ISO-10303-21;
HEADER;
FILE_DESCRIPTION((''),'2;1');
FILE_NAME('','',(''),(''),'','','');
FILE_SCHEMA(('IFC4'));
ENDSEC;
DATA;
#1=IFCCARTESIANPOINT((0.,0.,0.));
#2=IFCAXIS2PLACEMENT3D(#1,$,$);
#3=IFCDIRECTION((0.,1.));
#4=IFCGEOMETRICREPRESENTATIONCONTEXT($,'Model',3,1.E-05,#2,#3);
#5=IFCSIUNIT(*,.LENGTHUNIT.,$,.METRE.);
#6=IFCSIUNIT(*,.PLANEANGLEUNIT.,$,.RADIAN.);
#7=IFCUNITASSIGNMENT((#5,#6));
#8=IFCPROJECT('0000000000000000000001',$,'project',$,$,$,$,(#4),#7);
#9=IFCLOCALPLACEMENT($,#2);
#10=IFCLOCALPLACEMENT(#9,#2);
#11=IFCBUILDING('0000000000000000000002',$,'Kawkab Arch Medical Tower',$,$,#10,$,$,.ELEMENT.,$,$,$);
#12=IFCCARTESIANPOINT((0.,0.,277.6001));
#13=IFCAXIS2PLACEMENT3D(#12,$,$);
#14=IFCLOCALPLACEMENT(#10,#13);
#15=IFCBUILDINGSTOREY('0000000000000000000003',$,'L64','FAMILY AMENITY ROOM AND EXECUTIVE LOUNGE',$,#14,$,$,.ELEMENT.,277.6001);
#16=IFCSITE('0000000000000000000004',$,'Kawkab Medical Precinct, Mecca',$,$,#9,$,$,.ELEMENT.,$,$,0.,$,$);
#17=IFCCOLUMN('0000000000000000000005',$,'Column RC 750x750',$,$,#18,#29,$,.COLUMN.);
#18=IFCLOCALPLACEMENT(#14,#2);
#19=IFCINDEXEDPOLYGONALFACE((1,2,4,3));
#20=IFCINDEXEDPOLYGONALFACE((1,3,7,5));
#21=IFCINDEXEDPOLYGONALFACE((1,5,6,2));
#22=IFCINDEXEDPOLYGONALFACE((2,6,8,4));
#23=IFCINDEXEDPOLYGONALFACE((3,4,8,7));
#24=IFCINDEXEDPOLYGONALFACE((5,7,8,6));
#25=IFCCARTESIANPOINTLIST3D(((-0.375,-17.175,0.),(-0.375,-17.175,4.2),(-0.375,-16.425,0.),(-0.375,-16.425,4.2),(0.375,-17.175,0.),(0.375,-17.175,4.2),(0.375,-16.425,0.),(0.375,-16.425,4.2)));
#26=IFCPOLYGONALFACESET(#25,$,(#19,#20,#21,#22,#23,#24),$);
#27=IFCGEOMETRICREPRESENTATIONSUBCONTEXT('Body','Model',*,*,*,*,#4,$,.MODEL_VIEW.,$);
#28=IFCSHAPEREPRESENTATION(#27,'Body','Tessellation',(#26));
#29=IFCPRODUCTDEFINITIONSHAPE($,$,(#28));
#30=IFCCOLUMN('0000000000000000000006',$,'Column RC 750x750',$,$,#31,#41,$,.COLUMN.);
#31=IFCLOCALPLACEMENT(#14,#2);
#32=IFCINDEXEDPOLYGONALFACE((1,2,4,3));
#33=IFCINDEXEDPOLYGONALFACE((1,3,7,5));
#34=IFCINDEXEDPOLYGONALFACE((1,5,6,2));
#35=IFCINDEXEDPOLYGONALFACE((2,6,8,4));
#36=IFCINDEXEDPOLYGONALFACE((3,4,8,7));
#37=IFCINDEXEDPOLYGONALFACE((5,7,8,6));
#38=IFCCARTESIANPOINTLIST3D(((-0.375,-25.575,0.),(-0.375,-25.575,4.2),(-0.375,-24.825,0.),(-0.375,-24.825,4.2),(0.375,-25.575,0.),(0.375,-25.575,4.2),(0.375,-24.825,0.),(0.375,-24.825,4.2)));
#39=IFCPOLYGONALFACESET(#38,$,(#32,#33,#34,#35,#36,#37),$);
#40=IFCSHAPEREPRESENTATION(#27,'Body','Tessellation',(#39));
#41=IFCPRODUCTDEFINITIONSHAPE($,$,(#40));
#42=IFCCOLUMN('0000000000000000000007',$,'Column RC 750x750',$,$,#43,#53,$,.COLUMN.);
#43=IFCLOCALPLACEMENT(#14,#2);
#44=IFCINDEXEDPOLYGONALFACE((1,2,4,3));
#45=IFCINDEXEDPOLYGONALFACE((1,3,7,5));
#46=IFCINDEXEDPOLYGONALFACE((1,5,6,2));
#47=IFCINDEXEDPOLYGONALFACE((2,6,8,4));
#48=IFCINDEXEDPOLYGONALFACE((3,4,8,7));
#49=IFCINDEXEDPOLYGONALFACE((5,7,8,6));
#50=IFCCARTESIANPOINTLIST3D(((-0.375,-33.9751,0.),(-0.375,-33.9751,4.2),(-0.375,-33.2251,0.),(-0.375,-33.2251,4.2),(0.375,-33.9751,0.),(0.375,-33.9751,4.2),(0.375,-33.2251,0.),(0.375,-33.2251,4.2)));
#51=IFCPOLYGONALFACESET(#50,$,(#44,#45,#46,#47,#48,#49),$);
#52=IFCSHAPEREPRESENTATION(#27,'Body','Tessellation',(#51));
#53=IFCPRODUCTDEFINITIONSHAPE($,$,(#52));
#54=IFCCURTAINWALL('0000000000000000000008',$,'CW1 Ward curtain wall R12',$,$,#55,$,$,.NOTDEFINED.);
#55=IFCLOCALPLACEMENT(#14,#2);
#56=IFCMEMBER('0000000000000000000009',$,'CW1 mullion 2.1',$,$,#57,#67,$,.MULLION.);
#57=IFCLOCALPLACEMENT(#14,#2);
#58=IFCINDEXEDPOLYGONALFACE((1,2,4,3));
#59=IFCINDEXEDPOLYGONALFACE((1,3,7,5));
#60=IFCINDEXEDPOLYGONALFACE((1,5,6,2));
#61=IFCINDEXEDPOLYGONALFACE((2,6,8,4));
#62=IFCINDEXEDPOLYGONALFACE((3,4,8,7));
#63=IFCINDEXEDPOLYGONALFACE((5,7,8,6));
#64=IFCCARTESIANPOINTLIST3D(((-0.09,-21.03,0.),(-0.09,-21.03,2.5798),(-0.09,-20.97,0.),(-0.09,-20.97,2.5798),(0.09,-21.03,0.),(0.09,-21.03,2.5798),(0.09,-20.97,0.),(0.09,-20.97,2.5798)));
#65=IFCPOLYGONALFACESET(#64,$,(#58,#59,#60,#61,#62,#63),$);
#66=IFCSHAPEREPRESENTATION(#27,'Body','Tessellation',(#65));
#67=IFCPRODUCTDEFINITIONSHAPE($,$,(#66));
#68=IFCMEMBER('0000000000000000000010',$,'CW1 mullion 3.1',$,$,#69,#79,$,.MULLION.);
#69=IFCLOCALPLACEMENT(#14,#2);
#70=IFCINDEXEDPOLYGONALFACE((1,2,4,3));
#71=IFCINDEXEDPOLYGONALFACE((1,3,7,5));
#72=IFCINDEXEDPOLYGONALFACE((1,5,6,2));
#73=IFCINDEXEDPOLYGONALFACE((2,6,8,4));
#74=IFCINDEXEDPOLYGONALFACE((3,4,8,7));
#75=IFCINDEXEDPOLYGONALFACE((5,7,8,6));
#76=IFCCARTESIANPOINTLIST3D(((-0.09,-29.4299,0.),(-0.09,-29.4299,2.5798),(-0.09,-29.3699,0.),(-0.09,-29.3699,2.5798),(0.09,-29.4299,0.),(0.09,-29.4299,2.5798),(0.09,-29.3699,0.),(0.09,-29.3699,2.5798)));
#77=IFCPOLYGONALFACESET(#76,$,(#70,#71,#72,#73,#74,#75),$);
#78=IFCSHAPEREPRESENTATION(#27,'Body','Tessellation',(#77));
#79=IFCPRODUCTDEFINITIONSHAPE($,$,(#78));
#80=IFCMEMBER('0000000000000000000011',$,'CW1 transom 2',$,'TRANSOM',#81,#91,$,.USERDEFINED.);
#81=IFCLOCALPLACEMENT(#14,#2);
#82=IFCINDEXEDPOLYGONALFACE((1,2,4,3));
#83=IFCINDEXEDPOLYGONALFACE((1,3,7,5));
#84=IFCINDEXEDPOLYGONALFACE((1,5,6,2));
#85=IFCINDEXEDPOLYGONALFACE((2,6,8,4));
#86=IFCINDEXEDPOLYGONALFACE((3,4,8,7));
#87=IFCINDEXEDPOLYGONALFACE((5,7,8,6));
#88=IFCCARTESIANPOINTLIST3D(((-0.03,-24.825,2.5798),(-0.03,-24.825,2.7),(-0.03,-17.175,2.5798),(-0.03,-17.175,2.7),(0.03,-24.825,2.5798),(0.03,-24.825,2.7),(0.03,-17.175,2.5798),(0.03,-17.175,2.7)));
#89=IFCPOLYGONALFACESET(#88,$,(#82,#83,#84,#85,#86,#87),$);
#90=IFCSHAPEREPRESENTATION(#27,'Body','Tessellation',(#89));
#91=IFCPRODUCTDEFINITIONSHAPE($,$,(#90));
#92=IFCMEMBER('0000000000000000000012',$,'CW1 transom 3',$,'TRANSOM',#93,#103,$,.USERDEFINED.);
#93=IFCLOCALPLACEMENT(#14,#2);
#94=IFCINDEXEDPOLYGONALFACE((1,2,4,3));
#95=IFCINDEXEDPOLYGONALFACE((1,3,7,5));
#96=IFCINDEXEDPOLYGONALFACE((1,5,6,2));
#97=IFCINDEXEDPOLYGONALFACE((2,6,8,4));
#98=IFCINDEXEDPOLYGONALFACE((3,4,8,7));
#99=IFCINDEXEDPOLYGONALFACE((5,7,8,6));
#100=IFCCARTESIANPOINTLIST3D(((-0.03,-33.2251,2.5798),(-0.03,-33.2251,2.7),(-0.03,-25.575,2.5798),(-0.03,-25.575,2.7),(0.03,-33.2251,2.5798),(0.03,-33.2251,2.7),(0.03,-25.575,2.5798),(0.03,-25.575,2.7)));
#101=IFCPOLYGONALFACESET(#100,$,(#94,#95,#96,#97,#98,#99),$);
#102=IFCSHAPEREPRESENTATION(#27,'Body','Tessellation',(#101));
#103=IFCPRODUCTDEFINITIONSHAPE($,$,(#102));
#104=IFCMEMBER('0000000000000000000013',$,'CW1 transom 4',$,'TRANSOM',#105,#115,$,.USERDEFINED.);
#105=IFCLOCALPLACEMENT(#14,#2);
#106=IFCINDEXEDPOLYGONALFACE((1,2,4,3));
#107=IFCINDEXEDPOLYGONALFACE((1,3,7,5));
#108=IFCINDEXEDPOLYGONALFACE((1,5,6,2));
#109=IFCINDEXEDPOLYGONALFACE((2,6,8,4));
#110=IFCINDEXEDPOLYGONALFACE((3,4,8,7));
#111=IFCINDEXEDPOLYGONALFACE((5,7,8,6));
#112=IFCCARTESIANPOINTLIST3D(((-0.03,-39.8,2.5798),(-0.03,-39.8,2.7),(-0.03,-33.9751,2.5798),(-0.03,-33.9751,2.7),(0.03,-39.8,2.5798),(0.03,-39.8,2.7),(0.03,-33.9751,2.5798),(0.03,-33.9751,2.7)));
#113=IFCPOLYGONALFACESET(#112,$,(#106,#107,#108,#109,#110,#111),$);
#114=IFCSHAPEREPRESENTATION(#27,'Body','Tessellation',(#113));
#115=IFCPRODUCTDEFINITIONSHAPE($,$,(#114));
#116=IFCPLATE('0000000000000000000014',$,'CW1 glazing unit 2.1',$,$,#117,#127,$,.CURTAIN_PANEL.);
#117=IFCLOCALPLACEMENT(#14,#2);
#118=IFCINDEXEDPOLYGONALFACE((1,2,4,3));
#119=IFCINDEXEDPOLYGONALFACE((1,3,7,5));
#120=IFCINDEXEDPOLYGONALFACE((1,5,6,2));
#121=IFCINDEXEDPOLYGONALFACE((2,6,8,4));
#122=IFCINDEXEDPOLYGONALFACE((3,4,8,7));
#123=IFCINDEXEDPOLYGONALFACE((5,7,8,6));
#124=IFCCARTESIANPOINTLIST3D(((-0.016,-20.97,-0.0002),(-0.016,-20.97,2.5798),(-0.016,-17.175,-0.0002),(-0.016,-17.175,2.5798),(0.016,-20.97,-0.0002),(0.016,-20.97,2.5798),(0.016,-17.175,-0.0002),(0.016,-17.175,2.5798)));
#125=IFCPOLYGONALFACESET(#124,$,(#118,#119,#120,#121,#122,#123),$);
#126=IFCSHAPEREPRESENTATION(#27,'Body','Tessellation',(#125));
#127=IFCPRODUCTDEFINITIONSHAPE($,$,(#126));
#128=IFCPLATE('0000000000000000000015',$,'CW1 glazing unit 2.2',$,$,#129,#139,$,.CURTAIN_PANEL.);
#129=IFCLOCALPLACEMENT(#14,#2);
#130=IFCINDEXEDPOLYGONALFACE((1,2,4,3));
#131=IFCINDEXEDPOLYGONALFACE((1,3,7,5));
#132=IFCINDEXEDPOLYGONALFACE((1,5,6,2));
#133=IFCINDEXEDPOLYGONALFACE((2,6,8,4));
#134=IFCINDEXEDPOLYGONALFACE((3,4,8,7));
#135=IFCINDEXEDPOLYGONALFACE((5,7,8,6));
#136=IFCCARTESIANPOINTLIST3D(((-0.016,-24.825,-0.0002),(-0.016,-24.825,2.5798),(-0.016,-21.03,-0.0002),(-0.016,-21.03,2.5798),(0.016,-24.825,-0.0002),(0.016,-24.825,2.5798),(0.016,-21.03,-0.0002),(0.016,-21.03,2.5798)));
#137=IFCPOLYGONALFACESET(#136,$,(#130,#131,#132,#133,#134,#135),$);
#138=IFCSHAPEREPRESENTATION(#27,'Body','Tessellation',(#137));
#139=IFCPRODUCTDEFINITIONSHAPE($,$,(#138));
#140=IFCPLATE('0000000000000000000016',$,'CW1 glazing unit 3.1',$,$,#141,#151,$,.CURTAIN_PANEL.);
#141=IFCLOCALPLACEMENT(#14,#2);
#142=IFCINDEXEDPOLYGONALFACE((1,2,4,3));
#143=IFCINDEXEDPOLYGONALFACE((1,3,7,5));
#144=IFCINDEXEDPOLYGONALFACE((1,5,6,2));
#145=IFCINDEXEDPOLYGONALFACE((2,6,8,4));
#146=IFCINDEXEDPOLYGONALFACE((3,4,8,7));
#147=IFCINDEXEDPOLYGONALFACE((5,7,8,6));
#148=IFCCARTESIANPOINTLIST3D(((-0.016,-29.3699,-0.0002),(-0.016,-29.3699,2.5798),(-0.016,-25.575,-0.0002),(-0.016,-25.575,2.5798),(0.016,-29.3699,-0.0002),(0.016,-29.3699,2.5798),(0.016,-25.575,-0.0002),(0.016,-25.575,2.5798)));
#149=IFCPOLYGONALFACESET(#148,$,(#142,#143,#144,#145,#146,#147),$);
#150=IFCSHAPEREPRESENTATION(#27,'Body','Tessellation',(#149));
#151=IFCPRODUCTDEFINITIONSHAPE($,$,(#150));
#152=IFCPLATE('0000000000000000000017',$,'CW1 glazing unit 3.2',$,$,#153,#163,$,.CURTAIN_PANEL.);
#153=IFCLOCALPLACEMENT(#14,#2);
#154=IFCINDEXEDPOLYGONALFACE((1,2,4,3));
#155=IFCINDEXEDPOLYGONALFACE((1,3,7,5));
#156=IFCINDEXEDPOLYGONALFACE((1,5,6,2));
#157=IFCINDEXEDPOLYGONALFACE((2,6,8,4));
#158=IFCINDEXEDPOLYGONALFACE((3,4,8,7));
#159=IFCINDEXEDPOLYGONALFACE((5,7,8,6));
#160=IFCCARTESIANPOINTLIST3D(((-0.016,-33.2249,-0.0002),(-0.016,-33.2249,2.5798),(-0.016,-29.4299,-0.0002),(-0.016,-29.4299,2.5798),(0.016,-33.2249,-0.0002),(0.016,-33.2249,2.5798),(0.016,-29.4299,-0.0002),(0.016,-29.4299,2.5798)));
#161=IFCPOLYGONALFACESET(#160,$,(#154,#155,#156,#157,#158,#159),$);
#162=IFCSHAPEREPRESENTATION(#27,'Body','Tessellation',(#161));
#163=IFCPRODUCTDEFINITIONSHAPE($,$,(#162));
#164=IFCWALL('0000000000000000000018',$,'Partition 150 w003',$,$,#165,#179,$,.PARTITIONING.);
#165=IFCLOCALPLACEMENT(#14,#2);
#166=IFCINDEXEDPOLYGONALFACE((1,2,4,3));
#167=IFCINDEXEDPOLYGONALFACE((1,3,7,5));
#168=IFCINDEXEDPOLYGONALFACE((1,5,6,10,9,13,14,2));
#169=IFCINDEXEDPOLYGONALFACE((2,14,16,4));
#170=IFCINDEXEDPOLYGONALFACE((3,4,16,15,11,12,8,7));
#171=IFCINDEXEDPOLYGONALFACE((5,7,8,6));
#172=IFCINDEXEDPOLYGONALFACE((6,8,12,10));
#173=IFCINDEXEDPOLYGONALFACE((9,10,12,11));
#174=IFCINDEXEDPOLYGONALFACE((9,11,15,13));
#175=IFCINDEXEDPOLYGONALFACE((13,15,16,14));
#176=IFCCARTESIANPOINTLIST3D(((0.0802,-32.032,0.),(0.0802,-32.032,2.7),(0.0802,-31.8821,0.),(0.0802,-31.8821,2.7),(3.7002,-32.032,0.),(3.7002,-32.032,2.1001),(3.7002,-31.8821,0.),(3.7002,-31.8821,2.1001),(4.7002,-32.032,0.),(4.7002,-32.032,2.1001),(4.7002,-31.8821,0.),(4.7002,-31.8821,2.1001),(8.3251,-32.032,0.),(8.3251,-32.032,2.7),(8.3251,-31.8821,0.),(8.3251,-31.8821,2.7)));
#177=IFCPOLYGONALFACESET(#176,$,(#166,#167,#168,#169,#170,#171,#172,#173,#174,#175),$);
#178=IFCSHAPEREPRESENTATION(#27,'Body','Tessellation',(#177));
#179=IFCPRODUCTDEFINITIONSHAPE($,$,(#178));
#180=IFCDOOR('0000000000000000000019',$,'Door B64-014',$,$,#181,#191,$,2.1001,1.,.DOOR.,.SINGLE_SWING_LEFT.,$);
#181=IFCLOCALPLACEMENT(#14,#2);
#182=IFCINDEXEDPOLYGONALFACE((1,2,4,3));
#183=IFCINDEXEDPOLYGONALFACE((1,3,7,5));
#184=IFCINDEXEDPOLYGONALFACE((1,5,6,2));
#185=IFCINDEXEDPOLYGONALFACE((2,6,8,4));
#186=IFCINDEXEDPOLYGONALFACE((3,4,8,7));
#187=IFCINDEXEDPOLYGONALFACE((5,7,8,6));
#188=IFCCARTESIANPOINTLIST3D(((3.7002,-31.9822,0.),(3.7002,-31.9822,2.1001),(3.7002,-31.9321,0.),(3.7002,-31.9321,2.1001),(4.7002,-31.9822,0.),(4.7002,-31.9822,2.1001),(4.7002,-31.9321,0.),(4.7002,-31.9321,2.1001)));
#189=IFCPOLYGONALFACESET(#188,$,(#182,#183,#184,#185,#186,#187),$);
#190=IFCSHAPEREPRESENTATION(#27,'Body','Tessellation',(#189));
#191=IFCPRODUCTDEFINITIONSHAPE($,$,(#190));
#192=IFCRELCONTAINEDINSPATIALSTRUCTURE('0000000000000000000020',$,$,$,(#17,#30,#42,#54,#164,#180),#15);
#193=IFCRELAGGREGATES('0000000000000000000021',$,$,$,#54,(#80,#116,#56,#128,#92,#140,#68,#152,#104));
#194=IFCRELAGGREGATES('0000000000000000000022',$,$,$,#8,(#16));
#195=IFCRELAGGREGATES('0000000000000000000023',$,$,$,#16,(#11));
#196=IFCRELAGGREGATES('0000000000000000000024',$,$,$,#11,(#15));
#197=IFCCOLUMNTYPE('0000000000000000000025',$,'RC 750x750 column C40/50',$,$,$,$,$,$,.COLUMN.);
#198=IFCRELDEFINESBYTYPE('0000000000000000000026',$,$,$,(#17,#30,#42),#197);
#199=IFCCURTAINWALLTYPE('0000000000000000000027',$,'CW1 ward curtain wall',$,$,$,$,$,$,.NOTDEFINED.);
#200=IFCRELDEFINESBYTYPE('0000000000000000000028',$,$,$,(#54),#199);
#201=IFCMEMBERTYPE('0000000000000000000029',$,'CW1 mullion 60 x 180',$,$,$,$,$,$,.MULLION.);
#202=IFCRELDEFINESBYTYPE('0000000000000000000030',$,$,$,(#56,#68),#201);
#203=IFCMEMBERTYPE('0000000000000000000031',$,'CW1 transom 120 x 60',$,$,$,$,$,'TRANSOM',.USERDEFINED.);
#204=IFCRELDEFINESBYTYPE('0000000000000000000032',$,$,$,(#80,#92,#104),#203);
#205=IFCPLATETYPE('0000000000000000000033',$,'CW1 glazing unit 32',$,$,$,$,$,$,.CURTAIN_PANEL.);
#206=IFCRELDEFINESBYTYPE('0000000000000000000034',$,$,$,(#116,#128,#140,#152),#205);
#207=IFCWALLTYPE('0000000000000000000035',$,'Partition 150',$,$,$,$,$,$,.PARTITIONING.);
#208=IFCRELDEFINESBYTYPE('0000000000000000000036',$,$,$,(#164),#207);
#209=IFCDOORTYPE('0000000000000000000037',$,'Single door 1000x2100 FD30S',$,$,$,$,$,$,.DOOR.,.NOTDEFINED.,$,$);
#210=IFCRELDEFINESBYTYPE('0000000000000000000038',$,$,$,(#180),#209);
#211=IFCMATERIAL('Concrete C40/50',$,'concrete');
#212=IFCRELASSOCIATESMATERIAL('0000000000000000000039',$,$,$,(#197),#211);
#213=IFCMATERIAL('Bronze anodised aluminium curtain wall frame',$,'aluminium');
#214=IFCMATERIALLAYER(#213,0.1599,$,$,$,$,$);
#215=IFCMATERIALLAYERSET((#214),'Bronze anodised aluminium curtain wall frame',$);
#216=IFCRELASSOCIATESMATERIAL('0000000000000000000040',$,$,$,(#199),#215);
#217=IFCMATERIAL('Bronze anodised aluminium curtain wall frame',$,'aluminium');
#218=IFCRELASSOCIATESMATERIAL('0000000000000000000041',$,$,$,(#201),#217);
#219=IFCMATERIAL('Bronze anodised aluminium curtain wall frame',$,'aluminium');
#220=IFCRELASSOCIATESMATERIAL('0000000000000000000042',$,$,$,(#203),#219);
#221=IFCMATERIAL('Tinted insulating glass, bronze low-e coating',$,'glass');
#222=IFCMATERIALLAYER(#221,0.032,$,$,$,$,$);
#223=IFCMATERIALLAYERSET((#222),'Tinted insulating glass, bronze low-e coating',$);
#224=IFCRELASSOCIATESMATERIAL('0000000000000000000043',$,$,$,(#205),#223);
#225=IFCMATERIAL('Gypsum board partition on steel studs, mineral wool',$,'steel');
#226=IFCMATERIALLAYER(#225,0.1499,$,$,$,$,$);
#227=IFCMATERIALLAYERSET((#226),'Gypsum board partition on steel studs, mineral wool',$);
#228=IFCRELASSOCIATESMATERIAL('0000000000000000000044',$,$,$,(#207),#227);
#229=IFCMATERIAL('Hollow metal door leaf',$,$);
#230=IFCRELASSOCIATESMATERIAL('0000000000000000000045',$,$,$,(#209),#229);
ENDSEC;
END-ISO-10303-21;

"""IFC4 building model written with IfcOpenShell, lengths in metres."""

from ifc_helpers import new_model, si_unit, direction, frame, frame_2d, origin, origin_2d, place, context, subcontext, project, spatial, rectangle, extrude, material, layer, layer_set, material_profile, profile_set, type_object, element, fill, aggregate, save


model = new_model("IFC4")

# Units and contexts
model_context = context("Model", 3, precision=1e-05, world=origin(), true_north=direction((0.0, 1.0)))
body_context = subcontext(model_context, "Body", "Model", "MODEL_VIEW")
ifc_project = project(units=[si_unit("LENGTHUNIT", "METRE"), si_unit("PLANEANGLEUNIT", "RADIAN")], contexts=[model_context])

# Site, building, storey
site_placement = place(None, origin())
site = spatial("IfcSite", under=ifc_project, at=site_placement, Name="Kawkab Medical Precinct, Mecca", CompositionType="ELEMENT", RefElevation=0.0)
building_placement = place(site_placement, origin())
building = spatial("IfcBuilding", under=site, at=building_placement, Name="Kawkab Arch Medical Tower", CompositionType="ELEMENT")
storey_placement = place(building_placement, frame((0.0, 0.0, 277.6001)))
storey = spatial("IfcBuildingStorey", under=building, at=storey_placement, Name="L64", Description="FAMILY AMENITY ROOM AND EXECUTIVE LOUNGE", CompositionType="ELEMENT", Elevation=277.6001)

# Columns
ifc_material_1 = material(Name="Concrete C40/50", Category="concrete")
ifc_material_profile_1 = material_profile(ifc_material_1, rectangle(XDim=0.75, YDim=0.75, at=origin_2d()), Name="RC 750x750")
ifc_profile_set_1 = profile_set([ifc_material_profile_1], Name="Concrete C40/50")
column_type = type_object("IfcColumnType", Name="RC 750x750 column C40/50", PredefinedType="COLUMN", material=ifc_profile_set_1)
for number, where, z_axis, x_axis, name in (
    (1, (0.0, -16.8, 0.0), (0.0, 0.0, 1.0), (1.0, 0.0, 0.0), "Column RC 750x750"),
    (2, (0.0, -25.2, 0.0), (0.0, 0.0, 1.0), (1.0, 0.0, 0.0), "Column RC 750x750"),
    (3, (0.0, -33.6001, 0.0), (0.0, 0.0, 1.0), (1.0, 0.0, 0.0), "Column RC 750x750"),
):
    element("IfcColumn", number, at=place(storey_placement, frame(where, z_axis=z_axis, x_axis=x_axis)), inside=storey, type_object=column_type, Name=name, PredefinedType="COLUMN", context=body_context, shape_type="SweptSolid", body=[
        extrude(rectangle(XDim=0.75, YDim=0.75, at=origin_2d()), origin(), (0.0, 0.0, 1.0), 4.2),
    ])

# Curtain wall, members, plates
ifc_material_2 = material(Name="Bronze anodised aluminium curtain wall frame", Category="aluminium")
ifc_layer_1 = layer(ifc_material_2, 0.1599)
ifc_layer_set_1 = layer_set([ifc_layer_1], Name="Bronze anodised aluminium curtain wall frame")
curtain_wall_type = type_object("IfcCurtainWallType", Name="CW1 ward curtain wall", PredefinedType="NOTDEFINED", material=ifc_layer_set_1)
placement = place(storey_placement, origin())
curtain_wall = element("IfcCurtainWall", 4, at=placement, inside=storey, type_object=curtain_wall_type, Name="CW1 Ward curtain wall R12", PredefinedType="NOTDEFINED")
ifc_material_3 = material(Name="Bronze anodised aluminium curtain wall frame", Category="aluminium")
ifc_material_profile_2 = material_profile(ifc_material_3, rectangle(XDim=0.1799, YDim=0.0601, at=origin_2d()), Name="AL 60x180")
ifc_profile_set_2 = profile_set([ifc_material_profile_2], Name="Bronze anodised aluminium curtain wall frame")
member_type_1 = type_object("IfcMemberType", Name="CW1 mullion 60 x 180", PredefinedType="MULLION", material=ifc_profile_set_2)
member_1_placement = place(storey_placement, frame((0.0, -21.0, 0.0), z_axis=(0.0, 0.0, 1.0), x_axis=(1.0, 0.0, 0.0)))
member_1 = element("IfcMember", 5, at=member_1_placement, type_object=member_type_1, Name="CW1 mullion 2.1", PredefinedType="MULLION", context=body_context, shape_type="SweptSolid", body=[
    extrude(rectangle(XDim=0.1799, YDim=0.0601, at=origin_2d()), origin(), (0.0, 0.0, 1.0), 2.5798),
])
member_2_placement = place(storey_placement, frame((0.0, -29.3999, 0.0), z_axis=(0.0, 0.0, 1.0), x_axis=(1.0, 0.0, 0.0)))
member_2 = element("IfcMember", 6, at=member_2_placement, type_object=member_type_1, Name="CW1 mullion 3.1", PredefinedType="MULLION", context=body_context, shape_type="SweptSolid", body=[
    extrude(rectangle(XDim=0.1799, YDim=0.0601, at=origin_2d()), origin(), (0.0, 0.0, 1.0), 2.5798),
])
ifc_material_4 = material(Name="Bronze anodised aluminium curtain wall frame", Category="aluminium")
ifc_material_profile_3 = material_profile(ifc_material_4, rectangle(XDim=0.0601, YDim=0.1201, at=origin_2d()), Name="AL 60x120")
ifc_profile_set_3 = profile_set([ifc_material_profile_3], Name="Bronze anodised aluminium curtain wall frame")
member_type_2 = type_object("IfcMemberType", Name="CW1 transom 120 x 60", ElementType="TRANSOM", PredefinedType="USERDEFINED", material=ifc_profile_set_3)
member_3_placement = place(storey_placement, frame((0.0, -17.175, 2.6399), z_axis=(0.0, -1.0, 0.0), x_axis=(1.0, 0.0, 0.0)))
member_3 = element("IfcMember", 7, at=member_3_placement, type_object=member_type_2, Name="CW1 transom 2", ObjectType="TRANSOM", PredefinedType="USERDEFINED", context=body_context, shape_type="SweptSolid", body=[
    extrude(rectangle(XDim=0.0601, YDim=0.1201, at=origin_2d()), origin(), (0.0, 0.0, 1.0), 7.6499),
])
member_4_placement = place(storey_placement, frame((0.0, -25.575, 2.6399), z_axis=(0.0, -1.0, 0.0), x_axis=(1.0, 0.0, 0.0)))
member_4 = element("IfcMember", 8, at=member_4_placement, type_object=member_type_2, Name="CW1 transom 3", ObjectType="TRANSOM", PredefinedType="USERDEFINED", context=body_context, shape_type="SweptSolid", body=[
    extrude(rectangle(XDim=0.0601, YDim=0.1201, at=origin_2d()), origin(), (0.0, 0.0, 1.0), 7.6501),
])
member_5_placement = place(storey_placement, frame((0.0, -33.9751, 2.6399), z_axis=(0.0, -1.0, 0.0), x_axis=(1.0, 0.0, 0.0)))
member_5 = element("IfcMember", 9, at=member_5_placement, type_object=member_type_2, Name="CW1 transom 4", ObjectType="TRANSOM", PredefinedType="USERDEFINED", context=body_context, shape_type="SweptSolid", body=[
    extrude(rectangle(XDim=0.0601, YDim=0.1201, at=origin_2d()), origin(), (0.0, 0.0, 1.0), 5.825),
])
ifc_material_5 = material(Name="Tinted insulating glass, bronze low-e coating", Category="glass")
ifc_layer_2 = layer(ifc_material_5, 0.032)
ifc_layer_set_2 = layer_set([ifc_layer_2], Name="Tinted insulating glass, bronze low-e coating")
plate_type = type_object("IfcPlateType", Name="CW1 glazing unit 32", PredefinedType="CURTAIN_PANEL", material=ifc_layer_set_2)
plate_1_placement = place(storey_placement, frame((0.0, -19.0725, -0.0002), z_axis=(0.0, 0.0, 1.0), x_axis=(0.0, -1.0, 0.0)))
plate_1 = element("IfcPlate", 10, at=plate_1_placement, type_object=plate_type, Name="CW1 glazing unit 2.1", PredefinedType="CURTAIN_PANEL", context=body_context, shape_type="SweptSolid", body=[
    extrude(rectangle(XDim=3.7949, YDim=0.032, at=origin_2d()), origin(), (0.0, 0.0, 1.0), 2.5801),
])
plate_2_placement = place(storey_placement, frame((0.0, -22.9275, -0.0002), z_axis=(0.0, 0.0, 1.0), x_axis=(0.0, -1.0, 0.0)))
plate_2 = element("IfcPlate", 11, at=plate_2_placement, type_object=plate_type, Name="CW1 glazing unit 2.2", PredefinedType="CURTAIN_PANEL", context=body_context, shape_type="SweptSolid", body=[
    extrude(rectangle(XDim=3.7949, YDim=0.032, at=origin_2d()), origin(), (0.0, 0.0, 1.0), 2.5801),
])
plate_3_placement = place(storey_placement, frame((0.0, -27.4724, -0.0002), z_axis=(0.0, 0.0, 1.0), x_axis=(0.0, -1.0, 0.0)))
plate_3 = element("IfcPlate", 12, at=plate_3_placement, type_object=plate_type, Name="CW1 glazing unit 3.1", PredefinedType="CURTAIN_PANEL", context=body_context, shape_type="SweptSolid", body=[
    extrude(rectangle(XDim=3.7949, YDim=0.032, at=origin_2d()), origin(), (0.0, 0.0, 1.0), 2.5801),
])
plate_4_placement = place(storey_placement, frame((0.0, -31.3274, -0.0002), z_axis=(0.0, 0.0, 1.0), x_axis=(0.0, -1.0, 0.0)))
plate_4 = element("IfcPlate", 13, at=plate_4_placement, type_object=plate_type, Name="CW1 glazing unit 3.2", PredefinedType="CURTAIN_PANEL", context=body_context, shape_type="SweptSolid", body=[
    extrude(rectangle(XDim=3.7949, YDim=0.032, at=origin_2d()), origin(), (0.0, 0.0, 1.0), 2.5801),
])
aggregate(curtain_wall, [member_3, plate_1, member_1, plate_2, member_4, plate_3, member_2, plate_4, member_5])

# Wall, opening, door
ifc_material_6 = material(Name="Gypsum board partition on steel studs, mineral wool", Category="steel")
ifc_layer_3 = layer(ifc_material_6, 0.1499)
ifc_layer_set_3 = layer_set([ifc_layer_3], Name="Gypsum board partition on steel studs, mineral wool")
wall_type_1 = type_object("IfcWallType", Name="Partition 150", PredefinedType="PARTITIONING", material=ifc_layer_set_3)
wall_1_placement = place(storey_placement, frame((0.0801, -31.957, 0.0), z_axis=(0.0, 0.0, 1.0), x_axis=(1.0, 0.0, 0.0)))
wall_1 = element("IfcWall", 14, at=wall_1_placement, inside=storey, type_object=wall_type_1, Name="Partition 150 w003", PredefinedType="PARTITIONING", context=body_context, shape_type="SweptSolid", body=[
    extrude(rectangle(XDim=8.2449, YDim=0.1499, at=frame_2d((4.1226, 0.0))), origin(), (0.0, 0.0, 1.0), 2.7),
])
opening_1_placement = place(wall_1_placement, frame((3.6201, 0.0, 0.0)))
opening_1 = element("IfcOpeningElement", 15, at=opening_1_placement, cuts=wall_1, PredefinedType="OPENING", context=body_context, shape_type="SweptSolid", body=[
    extrude(rectangle(XDim=1.0, YDim=2.1001, at=frame_2d((0.5, 1.05))), frame((0.0, 0.085, 0.0), z_axis=(0.0, -1.0, 0.0), x_axis=(1.0, 0.0, 0.0)), (0.0, 0.0, 1.0), 0.1699),
])
ifc_material_7 = material(Name="Hollow metal door leaf")
door_type_1 = type_object("IfcDoorType", Name="Single door 1000x2100 FD30S", OperationType="NOTDEFINED", PredefinedType="DOOR", material=ifc_material_7)
door_1_placement = place(opening_1_placement, origin())
door_1 = element("IfcDoor", 16, at=door_1_placement, inside=storey, type_object=door_type_1, Name="Door B64-014", OperationType="SINGLE_SWING_LEFT", OverallHeight=2.1001, OverallWidth=1.0, PredefinedType="DOOR", context=body_context, shape_type="SweptSolid", body=[
    extrude(rectangle(XDim=1.0, YDim=2.1001, at=frame_2d((0.5, 1.05))), frame((0.0, 0.0249, 0.0), z_axis=(0.0, -1.0, 0.0), x_axis=(1.0, 0.0, 0.0)), (0.0, 0.0, 1.0), 0.05),
])
fill(opening_1, door_1)

save(model, "model.ifc")
